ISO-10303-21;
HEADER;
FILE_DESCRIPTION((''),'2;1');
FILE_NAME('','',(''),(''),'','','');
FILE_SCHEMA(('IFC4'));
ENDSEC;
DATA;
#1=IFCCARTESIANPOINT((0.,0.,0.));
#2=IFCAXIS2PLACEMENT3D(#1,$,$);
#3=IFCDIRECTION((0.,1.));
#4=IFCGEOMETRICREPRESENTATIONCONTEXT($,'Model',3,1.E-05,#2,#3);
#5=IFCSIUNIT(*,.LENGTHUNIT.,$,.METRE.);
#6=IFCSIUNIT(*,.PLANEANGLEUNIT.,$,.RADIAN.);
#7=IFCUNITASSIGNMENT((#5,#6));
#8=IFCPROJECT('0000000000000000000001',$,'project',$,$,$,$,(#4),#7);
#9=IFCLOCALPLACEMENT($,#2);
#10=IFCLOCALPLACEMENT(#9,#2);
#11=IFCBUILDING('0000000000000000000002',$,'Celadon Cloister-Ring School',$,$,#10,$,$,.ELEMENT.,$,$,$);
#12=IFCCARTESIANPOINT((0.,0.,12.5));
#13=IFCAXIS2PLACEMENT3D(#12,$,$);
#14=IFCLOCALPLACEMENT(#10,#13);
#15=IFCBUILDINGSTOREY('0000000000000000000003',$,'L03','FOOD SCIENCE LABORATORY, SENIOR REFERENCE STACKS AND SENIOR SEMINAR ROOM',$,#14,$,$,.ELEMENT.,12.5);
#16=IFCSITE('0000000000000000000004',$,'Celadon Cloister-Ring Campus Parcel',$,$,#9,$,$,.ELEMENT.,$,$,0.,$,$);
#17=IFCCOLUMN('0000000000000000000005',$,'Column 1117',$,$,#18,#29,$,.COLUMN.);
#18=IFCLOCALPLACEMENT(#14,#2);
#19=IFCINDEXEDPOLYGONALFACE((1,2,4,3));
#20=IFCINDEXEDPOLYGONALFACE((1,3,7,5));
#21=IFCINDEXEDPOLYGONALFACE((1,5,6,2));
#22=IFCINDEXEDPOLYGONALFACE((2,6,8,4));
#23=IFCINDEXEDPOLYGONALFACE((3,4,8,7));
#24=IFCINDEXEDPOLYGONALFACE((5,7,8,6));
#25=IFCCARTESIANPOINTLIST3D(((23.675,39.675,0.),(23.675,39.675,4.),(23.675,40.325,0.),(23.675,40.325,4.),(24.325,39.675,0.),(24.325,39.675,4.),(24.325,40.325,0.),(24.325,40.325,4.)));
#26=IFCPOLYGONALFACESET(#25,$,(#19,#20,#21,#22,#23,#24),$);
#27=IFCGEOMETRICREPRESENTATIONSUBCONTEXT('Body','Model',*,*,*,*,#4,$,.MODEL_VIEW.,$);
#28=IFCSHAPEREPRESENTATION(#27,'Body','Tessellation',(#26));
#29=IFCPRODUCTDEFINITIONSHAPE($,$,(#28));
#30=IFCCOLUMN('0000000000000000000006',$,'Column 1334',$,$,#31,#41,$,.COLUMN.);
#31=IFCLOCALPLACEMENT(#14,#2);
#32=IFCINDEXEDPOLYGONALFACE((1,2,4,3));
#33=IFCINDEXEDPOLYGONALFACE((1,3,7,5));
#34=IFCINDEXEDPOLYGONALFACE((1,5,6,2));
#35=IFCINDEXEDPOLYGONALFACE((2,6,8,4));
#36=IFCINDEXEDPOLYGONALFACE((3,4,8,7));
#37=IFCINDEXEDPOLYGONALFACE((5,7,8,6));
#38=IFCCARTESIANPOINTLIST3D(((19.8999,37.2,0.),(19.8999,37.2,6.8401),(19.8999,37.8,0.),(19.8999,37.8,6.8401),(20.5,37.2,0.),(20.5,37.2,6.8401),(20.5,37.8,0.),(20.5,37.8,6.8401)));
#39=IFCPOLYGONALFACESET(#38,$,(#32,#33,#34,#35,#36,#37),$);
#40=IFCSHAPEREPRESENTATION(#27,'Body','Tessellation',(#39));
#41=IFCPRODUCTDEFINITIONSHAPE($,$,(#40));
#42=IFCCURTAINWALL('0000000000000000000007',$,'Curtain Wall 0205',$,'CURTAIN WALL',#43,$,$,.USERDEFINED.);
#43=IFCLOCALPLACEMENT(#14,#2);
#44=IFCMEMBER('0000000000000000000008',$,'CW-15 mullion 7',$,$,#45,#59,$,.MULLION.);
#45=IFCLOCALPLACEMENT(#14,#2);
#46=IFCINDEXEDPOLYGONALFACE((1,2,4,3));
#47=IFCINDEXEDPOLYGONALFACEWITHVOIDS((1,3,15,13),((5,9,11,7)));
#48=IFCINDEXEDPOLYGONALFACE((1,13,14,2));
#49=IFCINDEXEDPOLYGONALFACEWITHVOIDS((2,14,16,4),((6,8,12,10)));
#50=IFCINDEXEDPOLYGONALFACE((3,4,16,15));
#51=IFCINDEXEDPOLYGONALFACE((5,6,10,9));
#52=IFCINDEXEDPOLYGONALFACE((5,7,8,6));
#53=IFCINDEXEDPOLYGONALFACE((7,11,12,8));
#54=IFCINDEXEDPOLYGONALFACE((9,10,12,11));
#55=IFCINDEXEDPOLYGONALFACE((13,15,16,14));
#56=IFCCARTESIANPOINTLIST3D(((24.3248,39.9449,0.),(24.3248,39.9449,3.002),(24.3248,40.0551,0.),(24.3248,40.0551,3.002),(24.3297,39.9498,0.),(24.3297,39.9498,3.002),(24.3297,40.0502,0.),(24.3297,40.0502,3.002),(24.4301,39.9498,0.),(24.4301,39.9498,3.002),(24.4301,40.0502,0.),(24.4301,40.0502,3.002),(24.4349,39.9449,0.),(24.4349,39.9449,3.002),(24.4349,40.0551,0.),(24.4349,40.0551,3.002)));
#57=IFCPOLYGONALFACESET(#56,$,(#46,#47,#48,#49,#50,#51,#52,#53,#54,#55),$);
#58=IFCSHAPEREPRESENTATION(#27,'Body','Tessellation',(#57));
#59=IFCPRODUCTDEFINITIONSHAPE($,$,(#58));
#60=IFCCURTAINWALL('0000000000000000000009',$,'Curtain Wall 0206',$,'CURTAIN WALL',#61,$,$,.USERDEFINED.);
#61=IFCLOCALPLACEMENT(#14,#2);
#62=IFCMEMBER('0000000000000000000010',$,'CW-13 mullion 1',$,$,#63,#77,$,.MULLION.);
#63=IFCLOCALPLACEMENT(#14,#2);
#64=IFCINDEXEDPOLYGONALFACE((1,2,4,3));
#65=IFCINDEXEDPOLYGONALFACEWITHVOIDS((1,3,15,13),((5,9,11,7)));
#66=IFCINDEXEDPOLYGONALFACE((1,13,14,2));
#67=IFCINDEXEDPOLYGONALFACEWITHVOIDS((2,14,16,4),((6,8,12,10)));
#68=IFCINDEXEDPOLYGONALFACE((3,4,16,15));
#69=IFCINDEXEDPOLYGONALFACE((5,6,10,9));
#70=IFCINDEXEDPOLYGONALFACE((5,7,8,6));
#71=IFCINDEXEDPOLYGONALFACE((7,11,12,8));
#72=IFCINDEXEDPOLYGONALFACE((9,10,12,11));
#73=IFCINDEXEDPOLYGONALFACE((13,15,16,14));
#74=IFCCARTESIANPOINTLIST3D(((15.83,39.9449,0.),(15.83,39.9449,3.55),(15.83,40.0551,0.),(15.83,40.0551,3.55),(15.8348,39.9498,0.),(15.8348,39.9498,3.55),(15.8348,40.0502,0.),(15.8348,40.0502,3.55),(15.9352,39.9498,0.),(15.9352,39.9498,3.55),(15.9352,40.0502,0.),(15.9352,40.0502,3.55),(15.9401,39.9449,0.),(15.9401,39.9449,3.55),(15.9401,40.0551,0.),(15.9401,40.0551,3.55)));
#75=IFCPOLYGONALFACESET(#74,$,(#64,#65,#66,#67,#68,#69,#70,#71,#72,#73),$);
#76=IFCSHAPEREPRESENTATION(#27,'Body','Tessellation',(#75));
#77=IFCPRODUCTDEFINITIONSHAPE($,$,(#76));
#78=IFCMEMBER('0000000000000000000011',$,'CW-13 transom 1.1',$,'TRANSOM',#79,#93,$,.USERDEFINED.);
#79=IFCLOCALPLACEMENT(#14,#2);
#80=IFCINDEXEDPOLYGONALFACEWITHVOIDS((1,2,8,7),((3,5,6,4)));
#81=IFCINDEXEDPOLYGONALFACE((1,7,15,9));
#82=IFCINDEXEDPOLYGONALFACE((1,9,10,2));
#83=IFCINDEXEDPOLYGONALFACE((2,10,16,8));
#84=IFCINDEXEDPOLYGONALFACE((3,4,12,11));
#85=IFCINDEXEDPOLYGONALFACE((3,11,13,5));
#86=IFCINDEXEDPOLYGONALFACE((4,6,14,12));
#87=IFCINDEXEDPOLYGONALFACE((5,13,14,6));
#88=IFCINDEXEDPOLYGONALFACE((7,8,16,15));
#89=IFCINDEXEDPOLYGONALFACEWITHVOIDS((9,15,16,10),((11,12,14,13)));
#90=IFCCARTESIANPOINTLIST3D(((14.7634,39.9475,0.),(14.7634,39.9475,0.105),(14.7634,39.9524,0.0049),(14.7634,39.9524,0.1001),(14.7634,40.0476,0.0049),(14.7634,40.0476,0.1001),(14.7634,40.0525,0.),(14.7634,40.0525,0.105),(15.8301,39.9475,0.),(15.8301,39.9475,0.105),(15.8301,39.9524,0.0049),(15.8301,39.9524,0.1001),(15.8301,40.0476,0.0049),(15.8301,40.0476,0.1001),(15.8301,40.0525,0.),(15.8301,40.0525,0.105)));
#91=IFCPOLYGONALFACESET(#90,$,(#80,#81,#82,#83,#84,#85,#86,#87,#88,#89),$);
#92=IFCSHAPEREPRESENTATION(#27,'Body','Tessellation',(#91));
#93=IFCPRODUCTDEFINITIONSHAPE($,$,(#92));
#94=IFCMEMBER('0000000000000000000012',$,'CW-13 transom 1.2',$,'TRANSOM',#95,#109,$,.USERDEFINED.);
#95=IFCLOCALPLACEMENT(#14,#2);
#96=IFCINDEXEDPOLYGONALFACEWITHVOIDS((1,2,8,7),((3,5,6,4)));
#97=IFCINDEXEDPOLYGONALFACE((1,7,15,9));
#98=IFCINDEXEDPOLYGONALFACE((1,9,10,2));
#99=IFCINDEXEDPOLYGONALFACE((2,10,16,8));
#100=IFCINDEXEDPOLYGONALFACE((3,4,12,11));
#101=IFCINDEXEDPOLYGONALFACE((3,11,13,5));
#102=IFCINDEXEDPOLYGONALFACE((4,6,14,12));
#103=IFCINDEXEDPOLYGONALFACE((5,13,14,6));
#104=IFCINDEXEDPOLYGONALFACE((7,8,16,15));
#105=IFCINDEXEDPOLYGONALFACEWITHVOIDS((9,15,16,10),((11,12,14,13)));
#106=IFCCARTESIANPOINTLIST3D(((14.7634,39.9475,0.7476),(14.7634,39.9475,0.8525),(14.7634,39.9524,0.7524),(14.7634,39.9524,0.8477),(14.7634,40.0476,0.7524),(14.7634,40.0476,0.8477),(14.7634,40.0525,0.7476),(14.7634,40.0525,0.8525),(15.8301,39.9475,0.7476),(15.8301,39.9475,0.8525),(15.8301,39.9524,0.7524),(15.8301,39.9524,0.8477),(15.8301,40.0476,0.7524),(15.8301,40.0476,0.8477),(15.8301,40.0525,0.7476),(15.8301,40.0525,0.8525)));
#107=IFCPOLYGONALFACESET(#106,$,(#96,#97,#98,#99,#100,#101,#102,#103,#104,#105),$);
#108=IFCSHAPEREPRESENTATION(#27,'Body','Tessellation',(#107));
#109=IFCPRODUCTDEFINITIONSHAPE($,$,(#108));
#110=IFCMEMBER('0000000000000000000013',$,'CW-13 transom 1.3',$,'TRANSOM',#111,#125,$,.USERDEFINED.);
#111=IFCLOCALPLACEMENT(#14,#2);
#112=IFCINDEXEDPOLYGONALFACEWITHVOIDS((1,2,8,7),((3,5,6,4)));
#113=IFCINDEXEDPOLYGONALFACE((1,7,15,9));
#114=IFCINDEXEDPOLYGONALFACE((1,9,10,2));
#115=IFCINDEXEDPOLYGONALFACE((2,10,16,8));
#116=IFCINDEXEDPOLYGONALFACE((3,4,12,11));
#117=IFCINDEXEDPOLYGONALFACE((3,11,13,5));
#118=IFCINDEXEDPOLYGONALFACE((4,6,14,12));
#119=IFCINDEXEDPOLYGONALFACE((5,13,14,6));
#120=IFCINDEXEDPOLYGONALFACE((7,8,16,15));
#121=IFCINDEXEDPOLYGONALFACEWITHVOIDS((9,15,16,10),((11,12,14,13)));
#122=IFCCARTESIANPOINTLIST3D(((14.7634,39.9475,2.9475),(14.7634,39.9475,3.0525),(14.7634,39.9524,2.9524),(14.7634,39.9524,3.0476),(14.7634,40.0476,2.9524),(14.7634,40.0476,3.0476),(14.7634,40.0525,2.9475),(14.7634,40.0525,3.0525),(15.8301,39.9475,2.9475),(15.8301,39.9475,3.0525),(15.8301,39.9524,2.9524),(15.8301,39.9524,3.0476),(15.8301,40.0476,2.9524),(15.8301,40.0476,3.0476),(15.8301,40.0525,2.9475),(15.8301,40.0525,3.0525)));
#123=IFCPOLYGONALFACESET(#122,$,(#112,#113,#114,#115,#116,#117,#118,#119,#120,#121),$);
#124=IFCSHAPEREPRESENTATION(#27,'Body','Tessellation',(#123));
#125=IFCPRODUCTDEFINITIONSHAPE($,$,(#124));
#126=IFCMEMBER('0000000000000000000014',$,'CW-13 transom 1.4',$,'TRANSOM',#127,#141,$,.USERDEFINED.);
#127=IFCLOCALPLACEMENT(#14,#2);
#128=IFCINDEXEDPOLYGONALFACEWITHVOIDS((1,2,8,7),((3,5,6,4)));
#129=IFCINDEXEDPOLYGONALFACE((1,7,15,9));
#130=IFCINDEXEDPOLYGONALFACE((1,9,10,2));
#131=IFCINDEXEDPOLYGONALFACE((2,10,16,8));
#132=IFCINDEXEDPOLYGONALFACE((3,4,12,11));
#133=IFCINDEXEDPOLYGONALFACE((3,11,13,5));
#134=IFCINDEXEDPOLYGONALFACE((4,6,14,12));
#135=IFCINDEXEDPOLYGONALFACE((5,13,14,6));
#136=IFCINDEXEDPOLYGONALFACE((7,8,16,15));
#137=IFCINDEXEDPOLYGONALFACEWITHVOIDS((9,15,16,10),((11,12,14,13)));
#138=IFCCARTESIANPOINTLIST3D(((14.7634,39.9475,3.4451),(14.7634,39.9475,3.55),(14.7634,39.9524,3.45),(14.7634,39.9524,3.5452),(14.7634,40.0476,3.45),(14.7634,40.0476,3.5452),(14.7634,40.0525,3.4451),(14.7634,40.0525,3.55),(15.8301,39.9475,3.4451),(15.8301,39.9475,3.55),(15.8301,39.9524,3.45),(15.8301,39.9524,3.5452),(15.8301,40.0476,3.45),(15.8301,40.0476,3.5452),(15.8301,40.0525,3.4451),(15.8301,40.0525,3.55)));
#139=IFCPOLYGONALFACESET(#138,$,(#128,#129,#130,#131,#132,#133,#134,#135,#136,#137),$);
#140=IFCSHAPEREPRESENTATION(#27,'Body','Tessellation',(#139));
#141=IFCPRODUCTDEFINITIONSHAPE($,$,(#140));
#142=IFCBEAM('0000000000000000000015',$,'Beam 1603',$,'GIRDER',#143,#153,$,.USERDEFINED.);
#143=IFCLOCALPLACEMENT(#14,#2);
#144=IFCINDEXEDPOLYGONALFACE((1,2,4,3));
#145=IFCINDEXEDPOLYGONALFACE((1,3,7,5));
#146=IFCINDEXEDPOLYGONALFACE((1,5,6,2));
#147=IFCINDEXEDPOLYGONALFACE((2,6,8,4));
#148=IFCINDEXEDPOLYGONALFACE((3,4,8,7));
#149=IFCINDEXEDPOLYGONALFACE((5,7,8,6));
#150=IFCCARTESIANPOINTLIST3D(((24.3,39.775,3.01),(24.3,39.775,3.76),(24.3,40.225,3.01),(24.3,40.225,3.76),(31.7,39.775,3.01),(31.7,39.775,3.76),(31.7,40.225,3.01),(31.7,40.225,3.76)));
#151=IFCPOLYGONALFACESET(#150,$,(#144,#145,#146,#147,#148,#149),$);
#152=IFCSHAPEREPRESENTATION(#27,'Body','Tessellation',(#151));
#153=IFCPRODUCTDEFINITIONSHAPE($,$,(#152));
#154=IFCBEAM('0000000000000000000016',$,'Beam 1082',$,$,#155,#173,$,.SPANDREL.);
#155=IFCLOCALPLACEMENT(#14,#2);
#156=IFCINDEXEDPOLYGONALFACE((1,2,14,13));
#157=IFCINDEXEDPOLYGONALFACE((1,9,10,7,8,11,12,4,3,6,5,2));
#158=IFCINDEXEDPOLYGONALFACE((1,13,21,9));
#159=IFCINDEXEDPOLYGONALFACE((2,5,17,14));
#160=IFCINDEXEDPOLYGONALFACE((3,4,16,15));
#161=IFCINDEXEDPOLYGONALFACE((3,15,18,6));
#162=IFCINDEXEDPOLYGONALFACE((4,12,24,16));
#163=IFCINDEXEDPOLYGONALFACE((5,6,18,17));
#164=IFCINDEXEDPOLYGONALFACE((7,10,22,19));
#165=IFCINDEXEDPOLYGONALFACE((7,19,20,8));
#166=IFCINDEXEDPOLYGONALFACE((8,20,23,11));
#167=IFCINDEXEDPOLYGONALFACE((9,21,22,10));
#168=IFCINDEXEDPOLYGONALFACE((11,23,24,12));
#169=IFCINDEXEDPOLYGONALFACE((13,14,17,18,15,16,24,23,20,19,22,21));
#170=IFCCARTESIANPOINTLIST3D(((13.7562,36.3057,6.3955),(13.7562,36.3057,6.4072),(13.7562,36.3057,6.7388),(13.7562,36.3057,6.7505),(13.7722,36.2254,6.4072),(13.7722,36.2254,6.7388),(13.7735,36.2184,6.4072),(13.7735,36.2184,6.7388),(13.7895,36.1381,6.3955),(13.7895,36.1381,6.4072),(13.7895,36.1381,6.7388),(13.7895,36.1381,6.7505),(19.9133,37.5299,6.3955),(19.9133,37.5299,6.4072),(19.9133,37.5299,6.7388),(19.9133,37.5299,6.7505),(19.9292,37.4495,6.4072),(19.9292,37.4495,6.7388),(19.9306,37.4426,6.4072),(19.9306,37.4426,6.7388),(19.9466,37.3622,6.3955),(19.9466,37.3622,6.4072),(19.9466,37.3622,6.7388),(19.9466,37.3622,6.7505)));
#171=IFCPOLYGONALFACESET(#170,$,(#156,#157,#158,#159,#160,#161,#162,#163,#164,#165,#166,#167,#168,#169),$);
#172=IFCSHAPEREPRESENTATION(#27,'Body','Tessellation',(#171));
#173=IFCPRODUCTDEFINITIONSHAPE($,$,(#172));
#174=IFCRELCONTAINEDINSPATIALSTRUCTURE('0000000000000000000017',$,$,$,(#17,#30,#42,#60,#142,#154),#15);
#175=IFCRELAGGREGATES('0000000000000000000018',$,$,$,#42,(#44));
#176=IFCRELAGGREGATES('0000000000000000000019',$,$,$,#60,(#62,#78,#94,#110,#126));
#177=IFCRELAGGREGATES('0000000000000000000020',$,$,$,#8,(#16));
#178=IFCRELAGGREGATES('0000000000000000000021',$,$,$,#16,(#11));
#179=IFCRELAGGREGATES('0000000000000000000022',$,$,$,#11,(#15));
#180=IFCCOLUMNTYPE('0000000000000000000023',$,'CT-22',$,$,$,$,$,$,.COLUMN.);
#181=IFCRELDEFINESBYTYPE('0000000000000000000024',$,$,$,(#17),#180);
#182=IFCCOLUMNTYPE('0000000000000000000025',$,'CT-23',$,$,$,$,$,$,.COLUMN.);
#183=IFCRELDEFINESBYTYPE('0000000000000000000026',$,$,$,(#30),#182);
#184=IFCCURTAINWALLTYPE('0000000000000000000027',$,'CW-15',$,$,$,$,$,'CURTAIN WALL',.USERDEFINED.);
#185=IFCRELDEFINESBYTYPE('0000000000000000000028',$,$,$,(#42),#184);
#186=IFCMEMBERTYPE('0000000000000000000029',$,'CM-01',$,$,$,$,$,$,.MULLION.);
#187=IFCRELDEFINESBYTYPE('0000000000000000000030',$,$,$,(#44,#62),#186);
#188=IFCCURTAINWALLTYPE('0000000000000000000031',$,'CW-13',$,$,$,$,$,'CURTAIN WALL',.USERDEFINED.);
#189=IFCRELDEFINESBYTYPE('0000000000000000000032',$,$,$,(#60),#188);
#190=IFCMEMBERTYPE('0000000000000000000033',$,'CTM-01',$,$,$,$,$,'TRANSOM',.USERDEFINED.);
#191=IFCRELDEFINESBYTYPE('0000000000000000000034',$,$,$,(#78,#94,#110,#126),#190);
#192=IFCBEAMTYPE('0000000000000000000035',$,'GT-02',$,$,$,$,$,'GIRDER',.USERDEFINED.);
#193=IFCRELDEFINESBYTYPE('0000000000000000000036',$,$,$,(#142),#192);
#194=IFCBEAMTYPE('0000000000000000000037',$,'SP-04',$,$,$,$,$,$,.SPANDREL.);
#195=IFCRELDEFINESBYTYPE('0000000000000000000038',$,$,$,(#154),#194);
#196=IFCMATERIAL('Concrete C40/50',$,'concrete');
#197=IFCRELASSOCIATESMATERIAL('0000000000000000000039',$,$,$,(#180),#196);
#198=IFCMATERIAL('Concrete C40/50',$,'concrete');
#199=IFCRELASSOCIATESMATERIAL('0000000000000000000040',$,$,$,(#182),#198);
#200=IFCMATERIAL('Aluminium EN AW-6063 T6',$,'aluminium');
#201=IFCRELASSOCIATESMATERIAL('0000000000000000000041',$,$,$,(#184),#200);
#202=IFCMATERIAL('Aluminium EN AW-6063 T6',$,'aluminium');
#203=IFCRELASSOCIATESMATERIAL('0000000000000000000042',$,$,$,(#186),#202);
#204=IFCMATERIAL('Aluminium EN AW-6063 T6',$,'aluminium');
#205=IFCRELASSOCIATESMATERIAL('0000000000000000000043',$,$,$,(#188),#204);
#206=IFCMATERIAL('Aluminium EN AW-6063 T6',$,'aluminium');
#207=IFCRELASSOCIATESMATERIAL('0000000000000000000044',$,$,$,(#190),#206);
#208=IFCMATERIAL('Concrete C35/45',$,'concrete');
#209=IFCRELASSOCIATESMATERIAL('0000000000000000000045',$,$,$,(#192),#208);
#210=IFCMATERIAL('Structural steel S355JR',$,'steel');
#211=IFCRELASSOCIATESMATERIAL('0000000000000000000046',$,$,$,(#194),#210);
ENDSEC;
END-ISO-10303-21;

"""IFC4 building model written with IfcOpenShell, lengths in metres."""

from ifc_helpers import new_model, si_unit, direction, frame, origin, origin_2d, place, context, subcontext, project, spatial, rectangle, hollow_rectangle, i_section, extrude, material, material_profile, profile_set, type_object, element, aggregate, save


model = new_model("IFC4")

# Units and contexts
model_context = context("Model", 3, precision=1e-05, world=origin(), true_north=direction((0.0, 1.0)))
body_context = subcontext(model_context, "Body", "Model", "MODEL_VIEW")
ifc_project = project(units=[si_unit("LENGTHUNIT", "METRE"), si_unit("PLANEANGLEUNIT", "RADIAN")], contexts=[model_context])

# Site, building, storey
site_placement = place(None, origin())
site = spatial("IfcSite", under=ifc_project, at=site_placement, Name="Celadon Cloister-Ring Campus Parcel", CompositionType="ELEMENT", RefElevation=0.0)
building_placement = place(site_placement, origin())
building = spatial("IfcBuilding", under=site, at=building_placement, Name="Celadon Cloister-Ring School", CompositionType="ELEMENT")
storey_placement = place(building_placement, frame((0.0, 0.0, 12.5)))
storey = spatial("IfcBuildingStorey", under=building, at=storey_placement, Name="L03", Description="FOOD SCIENCE LABORATORY, SENIOR REFERENCE STACKS AND SENIOR SEMINAR ROOM", CompositionType="ELEMENT", Elevation=12.5)

# Columns
ifc_material_1 = material(Name="Concrete C40/50", Category="concrete")
ifc_material_profile_1 = material_profile(ifc_material_1, rectangle(XDim=0.6499, YDim=0.6499, at=origin_2d()), Name="RC650X650")
ifc_profile_set_1 = profile_set([ifc_material_profile_1], Name="Concrete C40/50")
column_type_1 = type_object("IfcColumnType", Name="CT-22", PredefinedType="COLUMN", material=ifc_profile_set_1)
column_1_placement = place(storey_placement, frame((24.0, 40.0, 0.0), z_axis=(0.0, 0.0, 1.0), x_axis=(1.0, 0.0, 0.0)))
element("IfcColumn", 1, at=column_1_placement, inside=storey, type_object=column_type_1, Name="Column 1117", PredefinedType="COLUMN", context=body_context, shape_type="SweptSolid", body=[
    extrude(rectangle(XDim=0.6499, YDim=0.6499, at=origin_2d()), origin(), (0.0, 0.0, 1.0), 4.0),
])
ifc_material_2 = material(Name="Concrete C40/50", Category="concrete")
ifc_material_profile_2 = material_profile(ifc_material_2, rectangle(XDim=0.6001, YDim=0.6001, at=origin_2d()), Name="RC600X600")
ifc_profile_set_2 = profile_set([ifc_material_profile_2], Name="Concrete C40/50")
column_type_2 = type_object("IfcColumnType", Name="CT-23", PredefinedType="COLUMN", material=ifc_profile_set_2)
column_2_placement = place(storey_placement, frame((20.2, 37.5, 0.0), z_axis=(0.0, 0.0, 1.0), x_axis=(0.0, 1.0, 0.0)))
element("IfcColumn", 2, at=column_2_placement, inside=storey, type_object=column_type_2, Name="Column 1334", PredefinedType="COLUMN", context=body_context, shape_type="SweptSolid", body=[
    extrude(rectangle(XDim=0.6001, YDim=0.6001, at=origin_2d()), origin(), (0.0, 0.0, 1.0), 6.8401),
])

# Curtain wall, member
ifc_material_3 = material(Name="Aluminium EN AW-6063 T6", Category="aluminium")
curtain_wall_type_1 = type_object("IfcCurtainWallType", Name="CW-15", ElementType="CURTAIN WALL", PredefinedType="USERDEFINED", material=ifc_material_3)
curtain_wall_1_placement = place(storey_placement, origin())
curtain_wall_1 = element("IfcCurtainWall", 3, at=curtain_wall_1_placement, inside=storey, type_object=curtain_wall_type_1, Name="Curtain Wall 0205", ObjectType="CURTAIN WALL", PredefinedType="USERDEFINED")
ifc_material_4 = material(Name="Aluminium EN AW-6063 T6", Category="aluminium")
ifc_material_profile_3 = material_profile(ifc_material_4, hollow_rectangle(XDim=0.1101, YDim=0.1101, WallThickness=0.0049, at=origin_2d()), Name="RHS110X110X5")
ifc_profile_set_3 = profile_set([ifc_material_profile_3], Name="Aluminium EN AW-6063 T6")
member_type_1 = type_object("IfcMemberType", Name="CM-01", PredefinedType="MULLION", material=ifc_profile_set_3)
member_1_placement = place(storey_placement, frame((24.3799, 40.0, 0.0), z_axis=(0.0, 0.0, 1.0), x_axis=(0.0, -1.0, 0.0)))
member_1 = element("IfcMember", 4, at=member_1_placement, type_object=member_type_1, Name="CW-15 mullion 7", PredefinedType="MULLION", context=body_context, shape_type="SweptSolid", body=[
    extrude(hollow_rectangle(XDim=0.1101, YDim=0.1101, WallThickness=0.0049, at=origin_2d()), origin(), (0.0, 0.0, 1.0), 3.002),
])

# Curtain wall, members
ifc_material_5 = material(Name="Aluminium EN AW-6063 T6", Category="aluminium")
curtain_wall_type_2 = type_object("IfcCurtainWallType", Name="CW-13", ElementType="CURTAIN WALL", PredefinedType="USERDEFINED", material=ifc_material_5)
curtain_wall_2_placement = place(storey_placement, origin())
curtain_wall_2 = element("IfcCurtainWall", 5, at=curtain_wall_2_placement, inside=storey, type_object=curtain_wall_type_2, Name="Curtain Wall 0206", ObjectType="CURTAIN WALL", PredefinedType="USERDEFINED")
member_2_placement = place(storey_placement, frame((15.885, 40.0, 0.0), z_axis=(0.0, 0.0, 1.0), x_axis=(0.0, -1.0, 0.0)))
member_2 = element("IfcMember", 6, at=member_2_placement, type_object=member_type_1, Name="CW-13 mullion 1", PredefinedType="MULLION", context=body_context, shape_type="SweptSolid", body=[
    extrude(hollow_rectangle(XDim=0.1101, YDim=0.1101, WallThickness=0.0049, at=origin_2d()), origin(), (0.0, 0.0, 1.0), 3.55),
])
ifc_material_6 = material(Name="Aluminium EN AW-6063 T6", Category="aluminium")
ifc_material_profile_4 = material_profile(ifc_material_6, hollow_rectangle(XDim=0.105, YDim=0.105, WallThickness=0.0049, at=origin_2d()), Name="RHS105X105X5")
ifc_profile_set_4 = profile_set([ifc_material_profile_4], Name="Aluminium EN AW-6063 T6")
member_type_2 = type_object("IfcMemberType", Name="CTM-01", ElementType="TRANSOM", PredefinedType="USERDEFINED", material=ifc_profile_set_4)
member_3_placement = place(storey_placement, frame((15.8301, 40.0, 0.0525), z_axis=(-1.0, 0.0, 0.0), x_axis=(0.0, -1.0, 0.0)))
member_3 = element("IfcMember", 7, at=member_3_placement, type_object=member_type_2, Name="CW-13 transom 1.1", ObjectType="TRANSOM", PredefinedType="USERDEFINED", context=body_context, shape_type="SweptSolid", body=[
    extrude(hollow_rectangle(XDim=0.105, YDim=0.105, WallThickness=0.0049, at=origin_2d()), origin(), (0.0, 0.0, 1.0), 1.0667),
])
member_4_placement = place(storey_placement, frame((15.8301, 40.0, 0.8), z_axis=(-1.0, 0.0, 0.0), x_axis=(0.0, -1.0, 0.0)))
member_4 = element("IfcMember", 8, at=member_4_placement, type_object=member_type_2, Name="CW-13 transom 1.2", ObjectType="TRANSOM", PredefinedType="USERDEFINED", context=body_context, shape_type="SweptSolid", body=[
    extrude(hollow_rectangle(XDim=0.105, YDim=0.105, WallThickness=0.0049, at=origin_2d()), origin(), (0.0, 0.0, 1.0), 1.0667),
])
member_5_placement = place(storey_placement, frame((15.8301, 40.0, 3.0), z_axis=(-1.0, 0.0, 0.0), x_axis=(0.0, -1.0, 0.0)))
member_5 = element("IfcMember", 9, at=member_5_placement, type_object=member_type_2, Name="CW-13 transom 1.3", ObjectType="TRANSOM", PredefinedType="USERDEFINED", context=body_context, shape_type="SweptSolid", body=[
    extrude(hollow_rectangle(XDim=0.105, YDim=0.105, WallThickness=0.0049, at=origin_2d()), origin(), (0.0, 0.0, 1.0), 1.0667),
])
member_6_placement = place(storey_placement, frame((15.8301, 40.0, 3.4976), z_axis=(-1.0, 0.0, 0.0), x_axis=(0.0, -1.0, 0.0)))
member_6 = element("IfcMember", 10, at=member_6_placement, type_object=member_type_2, Name="CW-13 transom 1.4", ObjectType="TRANSOM", PredefinedType="USERDEFINED", context=body_context, shape_type="SweptSolid", body=[
    extrude(hollow_rectangle(XDim=0.105, YDim=0.105, WallThickness=0.0049, at=origin_2d()), origin(), (0.0, 0.0, 1.0), 1.0667),
])

# Beams
ifc_material_7 = material(Name="Concrete C35/45", Category="concrete")
ifc_material_profile_5 = material_profile(ifc_material_7, rectangle(XDim=0.45, YDim=0.75, at=origin_2d()), Name="RC450X750")
ifc_profile_set_5 = profile_set([ifc_material_profile_5], Name="Concrete C35/45")
beam_type_1 = type_object("IfcBeamType", Name="GT-02", ElementType="GIRDER", PredefinedType="USERDEFINED", material=ifc_profile_set_5)
beam_1_placement = place(storey_placement, frame((24.3, 40.0, 3.385), z_axis=(1.0, 0.0, 0.0), x_axis=(0.0, 1.0, 0.0)))
element("IfcBeam", 11, at=beam_1_placement, inside=storey, type_object=beam_type_1, Name="Beam 1603", ObjectType="GIRDER", PredefinedType="USERDEFINED", context=body_context, shape_type="SweptSolid", body=[
    extrude(rectangle(XDim=0.45, YDim=0.75, at=origin_2d()), origin(), (0.0, 0.0, 1.0), 7.3999),
])
ifc_material_8 = material(Name="Structural steel S355JR", Category="steel")
ifc_material_profile_6 = material_profile(ifc_material_8, i_section(OverallWidth=0.1709, OverallDepth=0.355, WebThickness=0.0071, FlangeThickness=0.0117, at=origin_2d()), Name="W360X51")
ifc_profile_set_6 = profile_set([ifc_material_profile_6], Name="Structural steel S355JR")
beam_type_2 = type_object("IfcBeamType", Name="SP-04", PredefinedType="SPANDREL", material=ifc_profile_set_6)
beam_2_placement = place(storey_placement, frame((19.9299, 37.446, 6.573), z_axis=(-0.980803, -0.195002, 0.0), x_axis=(0.195002, -0.980803, 0.0)))
element("IfcBeam", 12, at=beam_2_placement, inside=storey, type_object=beam_type_2, Name="Beam 1082", PredefinedType="SPANDREL", context=body_context, shape_type="SweptSolid", body=[
    extrude(i_section(OverallWidth=0.1709, OverallDepth=0.355, WebThickness=0.0071, FlangeThickness=0.0117, at=origin_2d()), origin(), (0.0, 0.0, 1.0), 6.2776),
])

aggregate(curtain_wall_1, [member_1])
aggregate(curtain_wall_2, [member_2, member_3, member_4, member_5, member_6])

save(model, "model.ifc")
